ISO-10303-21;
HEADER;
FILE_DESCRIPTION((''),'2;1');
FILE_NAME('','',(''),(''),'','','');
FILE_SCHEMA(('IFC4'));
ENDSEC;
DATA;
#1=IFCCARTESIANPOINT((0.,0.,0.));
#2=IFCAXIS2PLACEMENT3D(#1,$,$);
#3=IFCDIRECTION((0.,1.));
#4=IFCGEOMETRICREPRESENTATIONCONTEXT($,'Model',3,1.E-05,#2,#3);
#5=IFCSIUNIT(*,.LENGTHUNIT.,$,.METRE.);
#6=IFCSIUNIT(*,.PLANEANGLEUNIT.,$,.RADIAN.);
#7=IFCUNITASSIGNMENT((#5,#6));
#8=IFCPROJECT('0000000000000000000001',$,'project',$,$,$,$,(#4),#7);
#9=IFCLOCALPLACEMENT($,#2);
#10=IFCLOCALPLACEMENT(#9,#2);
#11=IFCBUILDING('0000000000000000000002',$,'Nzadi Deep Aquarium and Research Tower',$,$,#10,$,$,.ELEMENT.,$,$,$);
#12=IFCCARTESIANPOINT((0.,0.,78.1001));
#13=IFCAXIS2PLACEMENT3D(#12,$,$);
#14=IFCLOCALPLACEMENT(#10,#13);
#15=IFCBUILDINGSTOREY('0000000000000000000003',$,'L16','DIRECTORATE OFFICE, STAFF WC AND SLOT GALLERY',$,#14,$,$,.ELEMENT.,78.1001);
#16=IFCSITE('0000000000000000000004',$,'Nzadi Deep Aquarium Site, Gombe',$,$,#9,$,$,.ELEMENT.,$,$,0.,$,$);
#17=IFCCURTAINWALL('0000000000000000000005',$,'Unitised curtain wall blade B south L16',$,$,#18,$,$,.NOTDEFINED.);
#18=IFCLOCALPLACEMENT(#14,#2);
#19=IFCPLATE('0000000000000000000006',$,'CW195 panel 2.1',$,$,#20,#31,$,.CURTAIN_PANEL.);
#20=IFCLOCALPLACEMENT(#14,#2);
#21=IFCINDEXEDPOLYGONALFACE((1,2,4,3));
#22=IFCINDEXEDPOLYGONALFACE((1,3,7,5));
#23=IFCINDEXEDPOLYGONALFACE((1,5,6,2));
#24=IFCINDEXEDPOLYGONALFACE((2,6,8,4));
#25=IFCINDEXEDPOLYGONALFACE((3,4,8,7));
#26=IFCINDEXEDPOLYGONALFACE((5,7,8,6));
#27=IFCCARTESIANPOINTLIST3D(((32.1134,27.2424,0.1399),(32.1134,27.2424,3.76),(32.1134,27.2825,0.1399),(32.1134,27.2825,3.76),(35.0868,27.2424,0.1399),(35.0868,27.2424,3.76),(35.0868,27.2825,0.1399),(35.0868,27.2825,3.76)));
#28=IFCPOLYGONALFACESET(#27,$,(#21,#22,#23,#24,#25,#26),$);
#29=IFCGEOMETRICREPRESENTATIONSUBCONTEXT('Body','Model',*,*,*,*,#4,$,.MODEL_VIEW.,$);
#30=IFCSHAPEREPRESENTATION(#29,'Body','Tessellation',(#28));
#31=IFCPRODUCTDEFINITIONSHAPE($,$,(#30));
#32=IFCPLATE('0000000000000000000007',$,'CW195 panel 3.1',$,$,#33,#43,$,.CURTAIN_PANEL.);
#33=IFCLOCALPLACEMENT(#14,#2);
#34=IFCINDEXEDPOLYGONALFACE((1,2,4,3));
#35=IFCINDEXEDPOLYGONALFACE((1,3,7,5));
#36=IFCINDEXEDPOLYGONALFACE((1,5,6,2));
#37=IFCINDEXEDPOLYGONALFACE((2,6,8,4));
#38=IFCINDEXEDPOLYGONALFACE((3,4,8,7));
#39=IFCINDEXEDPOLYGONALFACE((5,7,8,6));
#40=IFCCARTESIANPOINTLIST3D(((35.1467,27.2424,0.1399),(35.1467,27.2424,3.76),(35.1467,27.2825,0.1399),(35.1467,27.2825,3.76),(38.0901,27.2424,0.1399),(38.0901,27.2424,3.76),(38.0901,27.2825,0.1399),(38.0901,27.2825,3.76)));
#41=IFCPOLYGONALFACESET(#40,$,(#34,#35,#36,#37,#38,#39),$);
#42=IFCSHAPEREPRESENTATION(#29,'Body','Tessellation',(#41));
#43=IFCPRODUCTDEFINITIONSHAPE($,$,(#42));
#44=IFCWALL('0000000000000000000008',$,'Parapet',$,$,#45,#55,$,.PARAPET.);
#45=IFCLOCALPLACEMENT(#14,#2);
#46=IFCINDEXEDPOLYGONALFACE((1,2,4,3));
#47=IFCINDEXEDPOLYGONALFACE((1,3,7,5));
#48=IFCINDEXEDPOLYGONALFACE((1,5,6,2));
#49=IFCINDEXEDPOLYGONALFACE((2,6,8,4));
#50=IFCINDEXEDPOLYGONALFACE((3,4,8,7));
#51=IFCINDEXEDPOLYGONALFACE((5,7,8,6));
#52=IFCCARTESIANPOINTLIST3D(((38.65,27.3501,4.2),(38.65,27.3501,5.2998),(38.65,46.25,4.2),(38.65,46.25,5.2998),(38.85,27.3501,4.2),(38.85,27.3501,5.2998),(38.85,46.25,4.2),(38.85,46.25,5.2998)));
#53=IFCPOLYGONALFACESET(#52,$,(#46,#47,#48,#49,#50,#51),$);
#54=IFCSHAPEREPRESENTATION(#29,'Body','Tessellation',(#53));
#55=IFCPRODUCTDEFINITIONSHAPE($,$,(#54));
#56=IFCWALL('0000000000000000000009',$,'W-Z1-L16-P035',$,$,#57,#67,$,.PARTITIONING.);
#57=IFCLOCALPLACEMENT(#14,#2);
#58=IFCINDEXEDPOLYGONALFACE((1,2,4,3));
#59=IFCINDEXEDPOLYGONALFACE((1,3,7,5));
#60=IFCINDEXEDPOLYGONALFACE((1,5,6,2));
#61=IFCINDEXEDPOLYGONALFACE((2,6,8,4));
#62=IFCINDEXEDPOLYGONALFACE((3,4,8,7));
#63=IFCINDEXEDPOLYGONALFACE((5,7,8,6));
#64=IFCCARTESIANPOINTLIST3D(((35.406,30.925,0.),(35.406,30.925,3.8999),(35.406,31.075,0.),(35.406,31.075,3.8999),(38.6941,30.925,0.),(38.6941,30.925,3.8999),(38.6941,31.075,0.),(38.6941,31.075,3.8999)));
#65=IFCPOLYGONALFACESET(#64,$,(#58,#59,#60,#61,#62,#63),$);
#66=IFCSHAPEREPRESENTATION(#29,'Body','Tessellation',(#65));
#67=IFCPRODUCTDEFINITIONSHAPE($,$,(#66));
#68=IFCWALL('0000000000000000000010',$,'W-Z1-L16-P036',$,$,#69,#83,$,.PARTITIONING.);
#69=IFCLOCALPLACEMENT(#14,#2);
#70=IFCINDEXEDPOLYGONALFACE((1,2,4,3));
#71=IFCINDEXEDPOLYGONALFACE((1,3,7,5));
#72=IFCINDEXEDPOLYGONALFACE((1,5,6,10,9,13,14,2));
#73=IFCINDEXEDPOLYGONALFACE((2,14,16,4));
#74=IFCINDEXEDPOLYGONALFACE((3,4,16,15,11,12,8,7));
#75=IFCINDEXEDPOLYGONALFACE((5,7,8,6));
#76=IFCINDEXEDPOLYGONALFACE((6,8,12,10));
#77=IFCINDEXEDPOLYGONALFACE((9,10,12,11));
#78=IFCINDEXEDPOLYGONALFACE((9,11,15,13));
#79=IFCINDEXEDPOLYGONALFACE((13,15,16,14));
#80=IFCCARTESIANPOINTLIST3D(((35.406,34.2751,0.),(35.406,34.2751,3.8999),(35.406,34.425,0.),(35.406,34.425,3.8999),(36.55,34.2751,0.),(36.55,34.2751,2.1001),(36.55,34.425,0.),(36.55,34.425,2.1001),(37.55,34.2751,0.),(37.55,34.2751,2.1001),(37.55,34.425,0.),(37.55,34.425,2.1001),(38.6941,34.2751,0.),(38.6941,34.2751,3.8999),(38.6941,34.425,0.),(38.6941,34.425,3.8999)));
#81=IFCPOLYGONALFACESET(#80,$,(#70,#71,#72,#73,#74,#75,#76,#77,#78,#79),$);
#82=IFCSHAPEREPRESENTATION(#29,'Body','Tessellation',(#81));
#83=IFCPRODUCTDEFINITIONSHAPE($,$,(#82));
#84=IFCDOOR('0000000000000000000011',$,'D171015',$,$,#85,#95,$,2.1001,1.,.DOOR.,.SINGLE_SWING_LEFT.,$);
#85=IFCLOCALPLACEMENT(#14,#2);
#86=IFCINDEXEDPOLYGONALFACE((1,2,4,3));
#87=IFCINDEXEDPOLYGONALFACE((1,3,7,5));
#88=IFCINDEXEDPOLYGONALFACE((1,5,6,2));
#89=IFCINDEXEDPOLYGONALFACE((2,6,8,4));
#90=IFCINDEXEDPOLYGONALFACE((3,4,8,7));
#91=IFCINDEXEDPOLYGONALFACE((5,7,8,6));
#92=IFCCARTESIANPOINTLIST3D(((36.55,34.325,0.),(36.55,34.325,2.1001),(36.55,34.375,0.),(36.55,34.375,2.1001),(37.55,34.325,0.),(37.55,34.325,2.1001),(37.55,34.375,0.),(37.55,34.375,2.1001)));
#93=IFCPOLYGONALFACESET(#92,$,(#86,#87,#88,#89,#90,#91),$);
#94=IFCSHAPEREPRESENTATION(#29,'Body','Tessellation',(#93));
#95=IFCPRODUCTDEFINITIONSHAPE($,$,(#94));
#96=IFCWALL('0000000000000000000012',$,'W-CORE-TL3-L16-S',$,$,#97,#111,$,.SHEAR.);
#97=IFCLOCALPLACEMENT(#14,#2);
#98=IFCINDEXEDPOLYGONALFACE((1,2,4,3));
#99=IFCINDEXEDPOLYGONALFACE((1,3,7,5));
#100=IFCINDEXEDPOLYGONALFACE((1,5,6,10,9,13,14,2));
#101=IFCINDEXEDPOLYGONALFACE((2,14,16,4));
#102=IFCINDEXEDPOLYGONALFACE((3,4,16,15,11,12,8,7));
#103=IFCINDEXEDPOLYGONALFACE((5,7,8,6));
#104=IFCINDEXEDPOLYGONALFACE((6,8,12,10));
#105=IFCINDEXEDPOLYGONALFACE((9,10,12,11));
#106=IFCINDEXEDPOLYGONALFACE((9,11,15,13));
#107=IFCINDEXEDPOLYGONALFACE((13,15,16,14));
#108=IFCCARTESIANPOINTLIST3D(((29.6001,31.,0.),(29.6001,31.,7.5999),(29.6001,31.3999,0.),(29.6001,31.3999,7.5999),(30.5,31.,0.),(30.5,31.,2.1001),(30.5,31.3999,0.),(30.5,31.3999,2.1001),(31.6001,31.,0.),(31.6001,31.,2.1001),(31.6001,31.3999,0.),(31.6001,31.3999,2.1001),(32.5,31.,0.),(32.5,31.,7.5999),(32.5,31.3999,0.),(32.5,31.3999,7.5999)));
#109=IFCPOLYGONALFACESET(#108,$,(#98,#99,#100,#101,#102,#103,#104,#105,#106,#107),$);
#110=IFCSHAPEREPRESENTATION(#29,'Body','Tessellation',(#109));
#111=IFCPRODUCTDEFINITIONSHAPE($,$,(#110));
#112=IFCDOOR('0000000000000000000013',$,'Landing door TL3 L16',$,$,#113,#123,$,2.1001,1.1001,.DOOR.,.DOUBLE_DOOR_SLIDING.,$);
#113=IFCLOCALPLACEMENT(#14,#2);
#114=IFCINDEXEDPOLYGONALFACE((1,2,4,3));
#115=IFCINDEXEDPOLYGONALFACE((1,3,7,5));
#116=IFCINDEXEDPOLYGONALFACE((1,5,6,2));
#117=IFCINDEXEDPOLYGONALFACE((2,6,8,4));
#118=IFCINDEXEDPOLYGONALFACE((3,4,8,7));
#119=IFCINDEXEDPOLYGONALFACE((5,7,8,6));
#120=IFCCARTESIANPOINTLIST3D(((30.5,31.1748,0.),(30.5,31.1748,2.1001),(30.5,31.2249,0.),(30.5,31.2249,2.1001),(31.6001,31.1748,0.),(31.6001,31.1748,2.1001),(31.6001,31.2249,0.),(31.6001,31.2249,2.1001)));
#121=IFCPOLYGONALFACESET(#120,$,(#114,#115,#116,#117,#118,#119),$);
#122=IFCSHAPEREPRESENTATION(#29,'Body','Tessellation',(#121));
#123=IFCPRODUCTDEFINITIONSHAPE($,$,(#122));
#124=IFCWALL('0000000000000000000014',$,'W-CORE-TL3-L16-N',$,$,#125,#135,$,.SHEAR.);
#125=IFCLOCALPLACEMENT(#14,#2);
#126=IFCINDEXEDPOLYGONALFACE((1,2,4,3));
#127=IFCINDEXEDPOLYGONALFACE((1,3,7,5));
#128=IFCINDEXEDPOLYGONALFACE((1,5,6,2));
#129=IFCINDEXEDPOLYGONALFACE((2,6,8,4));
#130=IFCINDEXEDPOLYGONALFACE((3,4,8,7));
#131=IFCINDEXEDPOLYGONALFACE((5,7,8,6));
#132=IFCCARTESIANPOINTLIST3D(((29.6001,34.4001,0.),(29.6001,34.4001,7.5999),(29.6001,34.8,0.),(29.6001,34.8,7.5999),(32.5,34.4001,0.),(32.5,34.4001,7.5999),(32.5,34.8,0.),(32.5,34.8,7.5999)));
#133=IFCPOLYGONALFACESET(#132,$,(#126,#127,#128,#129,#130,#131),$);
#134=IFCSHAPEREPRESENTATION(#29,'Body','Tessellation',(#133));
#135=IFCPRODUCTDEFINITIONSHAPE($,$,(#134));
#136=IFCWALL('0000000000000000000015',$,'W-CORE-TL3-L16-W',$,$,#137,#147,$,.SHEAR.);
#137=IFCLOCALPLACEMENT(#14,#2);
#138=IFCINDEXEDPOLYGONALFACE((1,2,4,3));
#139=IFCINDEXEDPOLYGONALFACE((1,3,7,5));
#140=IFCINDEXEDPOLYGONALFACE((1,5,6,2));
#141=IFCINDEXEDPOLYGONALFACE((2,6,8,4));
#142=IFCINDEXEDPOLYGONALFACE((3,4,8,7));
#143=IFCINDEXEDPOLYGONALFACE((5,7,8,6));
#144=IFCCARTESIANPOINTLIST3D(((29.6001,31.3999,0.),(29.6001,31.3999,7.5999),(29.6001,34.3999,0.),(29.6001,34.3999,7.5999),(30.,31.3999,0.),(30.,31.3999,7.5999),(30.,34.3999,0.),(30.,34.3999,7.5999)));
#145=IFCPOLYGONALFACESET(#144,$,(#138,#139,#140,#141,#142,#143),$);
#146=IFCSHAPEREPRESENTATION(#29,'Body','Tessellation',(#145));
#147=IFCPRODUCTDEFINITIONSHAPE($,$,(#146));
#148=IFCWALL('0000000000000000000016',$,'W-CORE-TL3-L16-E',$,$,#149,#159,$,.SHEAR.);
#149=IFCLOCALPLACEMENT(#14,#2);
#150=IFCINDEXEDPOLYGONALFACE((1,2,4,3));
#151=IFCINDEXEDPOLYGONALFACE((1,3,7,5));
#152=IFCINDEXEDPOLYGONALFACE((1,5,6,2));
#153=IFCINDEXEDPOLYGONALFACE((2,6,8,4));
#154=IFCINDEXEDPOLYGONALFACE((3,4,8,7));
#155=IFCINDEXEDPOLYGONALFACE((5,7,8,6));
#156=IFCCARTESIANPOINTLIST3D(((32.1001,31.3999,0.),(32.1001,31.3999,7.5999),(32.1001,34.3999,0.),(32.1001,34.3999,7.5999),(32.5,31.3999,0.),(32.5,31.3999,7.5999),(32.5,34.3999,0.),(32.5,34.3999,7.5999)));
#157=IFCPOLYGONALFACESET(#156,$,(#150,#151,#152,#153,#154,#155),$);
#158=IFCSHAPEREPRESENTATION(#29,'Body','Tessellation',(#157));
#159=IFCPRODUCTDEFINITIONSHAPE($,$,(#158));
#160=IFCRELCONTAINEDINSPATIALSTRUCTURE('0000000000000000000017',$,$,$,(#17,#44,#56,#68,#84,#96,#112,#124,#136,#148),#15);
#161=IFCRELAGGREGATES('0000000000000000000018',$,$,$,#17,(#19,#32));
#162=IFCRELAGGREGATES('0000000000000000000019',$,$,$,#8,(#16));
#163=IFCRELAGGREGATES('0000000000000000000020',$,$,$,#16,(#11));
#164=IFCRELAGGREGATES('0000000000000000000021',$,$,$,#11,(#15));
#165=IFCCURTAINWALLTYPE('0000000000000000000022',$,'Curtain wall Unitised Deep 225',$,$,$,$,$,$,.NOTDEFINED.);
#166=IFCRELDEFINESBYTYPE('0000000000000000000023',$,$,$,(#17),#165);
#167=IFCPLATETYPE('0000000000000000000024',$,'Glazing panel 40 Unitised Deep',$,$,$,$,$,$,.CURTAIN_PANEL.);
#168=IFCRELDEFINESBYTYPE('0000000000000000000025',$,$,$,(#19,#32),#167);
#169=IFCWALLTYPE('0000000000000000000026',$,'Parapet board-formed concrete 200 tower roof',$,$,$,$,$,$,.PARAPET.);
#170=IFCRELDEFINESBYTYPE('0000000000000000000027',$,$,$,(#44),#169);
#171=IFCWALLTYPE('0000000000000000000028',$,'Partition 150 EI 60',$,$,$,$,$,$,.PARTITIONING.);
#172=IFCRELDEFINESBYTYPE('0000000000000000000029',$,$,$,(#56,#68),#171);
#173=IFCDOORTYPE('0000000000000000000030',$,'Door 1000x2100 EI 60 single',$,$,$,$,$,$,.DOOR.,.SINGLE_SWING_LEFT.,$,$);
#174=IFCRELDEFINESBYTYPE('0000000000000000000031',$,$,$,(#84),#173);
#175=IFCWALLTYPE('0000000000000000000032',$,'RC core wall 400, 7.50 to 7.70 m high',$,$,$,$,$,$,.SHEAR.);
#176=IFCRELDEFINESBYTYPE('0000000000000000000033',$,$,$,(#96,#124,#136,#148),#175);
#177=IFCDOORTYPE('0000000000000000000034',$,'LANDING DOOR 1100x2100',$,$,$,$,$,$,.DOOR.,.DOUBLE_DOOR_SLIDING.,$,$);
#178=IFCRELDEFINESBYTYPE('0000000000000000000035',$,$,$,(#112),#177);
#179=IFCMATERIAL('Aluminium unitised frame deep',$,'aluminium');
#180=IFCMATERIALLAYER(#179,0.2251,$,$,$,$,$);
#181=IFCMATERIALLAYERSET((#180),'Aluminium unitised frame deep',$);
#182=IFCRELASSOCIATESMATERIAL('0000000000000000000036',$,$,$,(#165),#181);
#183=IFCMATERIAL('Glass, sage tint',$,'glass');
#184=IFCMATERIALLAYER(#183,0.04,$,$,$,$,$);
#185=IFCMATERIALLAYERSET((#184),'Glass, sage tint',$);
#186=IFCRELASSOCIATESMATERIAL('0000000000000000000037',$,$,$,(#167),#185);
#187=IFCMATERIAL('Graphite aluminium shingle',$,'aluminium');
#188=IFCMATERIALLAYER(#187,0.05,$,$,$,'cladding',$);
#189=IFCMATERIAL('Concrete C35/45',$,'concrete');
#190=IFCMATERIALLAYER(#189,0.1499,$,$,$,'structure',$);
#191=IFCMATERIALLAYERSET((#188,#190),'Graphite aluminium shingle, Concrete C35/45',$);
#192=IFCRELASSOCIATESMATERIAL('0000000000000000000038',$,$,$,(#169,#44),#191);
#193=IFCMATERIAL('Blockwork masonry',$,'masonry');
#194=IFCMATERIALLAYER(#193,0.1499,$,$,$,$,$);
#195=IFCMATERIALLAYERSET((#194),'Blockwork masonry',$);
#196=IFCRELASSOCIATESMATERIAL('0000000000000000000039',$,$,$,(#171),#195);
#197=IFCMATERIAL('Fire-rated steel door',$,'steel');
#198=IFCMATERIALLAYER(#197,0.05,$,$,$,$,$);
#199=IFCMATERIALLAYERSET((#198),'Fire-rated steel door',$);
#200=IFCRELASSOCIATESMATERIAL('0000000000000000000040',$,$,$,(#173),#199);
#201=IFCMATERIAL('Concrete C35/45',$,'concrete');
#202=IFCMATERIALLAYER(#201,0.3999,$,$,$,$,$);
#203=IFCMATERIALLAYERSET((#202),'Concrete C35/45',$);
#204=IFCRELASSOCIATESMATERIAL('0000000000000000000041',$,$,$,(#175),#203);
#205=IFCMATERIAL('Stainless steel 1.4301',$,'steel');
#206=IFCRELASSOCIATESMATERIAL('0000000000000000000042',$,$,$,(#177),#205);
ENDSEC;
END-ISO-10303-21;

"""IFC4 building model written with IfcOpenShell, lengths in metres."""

from ifc_helpers import new_model, si_unit, direction, frame, frame_2d, origin, origin_2d, place, context, subcontext, project, spatial, rectangle, extrude, material, layer, layer_set, layer_usage, type_object, element, fill, aggregate, save


model = new_model("IFC4")

# Units and contexts
model_context = context("Model", 3, precision=1e-05, world=origin(), true_north=direction((0.0, 1.0)))
body_context = subcontext(model_context, "Body", "Model", "MODEL_VIEW")
ifc_project = project(units=[si_unit("LENGTHUNIT", "METRE"), si_unit("PLANEANGLEUNIT", "RADIAN")], contexts=[model_context])

# Site, building, storey
site_placement = place(None, origin())
site = spatial("IfcSite", under=ifc_project, at=site_placement, Name="Nzadi Deep Aquarium Site, Gombe", CompositionType="ELEMENT", RefElevation=0.0)
building_placement = place(site_placement, origin())
building = spatial("IfcBuilding", under=site, at=building_placement, Name="Nzadi Deep Aquarium and Research Tower", CompositionType="ELEMENT")
storey_placement = place(building_placement, frame((0.0, 0.0, 78.1001)))
storey = spatial("IfcBuildingStorey", under=building, at=storey_placement, Name="L16", Description="DIRECTORATE OFFICE, STAFF WC AND SLOT GALLERY", CompositionType="ELEMENT", Elevation=78.1001)

# Curtain wall
ifc_material_1 = material(Name="Aluminium unitised frame deep", Category="aluminium")
ifc_layer_1 = layer(ifc_material_1, 0.2251)
ifc_layer_set_1 = layer_set([ifc_layer_1], Name="Aluminium unitised frame deep")
curtain_wall_type = type_object("IfcCurtainWallType", Name="Curtain wall Unitised Deep 225", PredefinedType="NOTDEFINED", material=ifc_layer_set_1)
curtain_wall_placement = place(storey_placement, origin())
curtain_wall = element("IfcCurtainWall", 1, at=curtain_wall_placement, inside=storey, type_object=curtain_wall_type, Name="Unitised curtain wall blade B south L16", PredefinedType="NOTDEFINED")

# Plates
ifc_material_2 = material(Name="Glass, sage tint", Category="glass")
ifc_layer_2 = layer(ifc_material_2, 0.04)
ifc_layer_set_2 = layer_set([ifc_layer_2], Name="Glass, sage tint")
plate_type_1 = type_object("IfcPlateType", Name="Glazing panel 40 Unitised Deep", PredefinedType="CURTAIN_PANEL", material=ifc_layer_set_2)
plate_1_placement = place(storey_placement, frame((33.6001, 27.2625, 0.1399), z_axis=(0.0, 0.0, 1.0), x_axis=(1.0, 0.0, 0.0)))
plate_1 = element("IfcPlate", 2, at=plate_1_placement, type_object=plate_type_1, Name="CW195 panel 2.1", PredefinedType="CURTAIN_PANEL", context=body_context, shape_type="SweptSolid", body=[
    extrude(rectangle(XDim=2.9734, YDim=0.04, at=origin_2d()), origin(), (0.0, 0.0, 1.0), 3.6201),
])
plate_2_placement = place(storey_placement, frame((36.6184, 27.2625, 0.1399), z_axis=(0.0, 0.0, 1.0), x_axis=(1.0, 0.0, 0.0)))
plate_2 = element("IfcPlate", 3, at=plate_2_placement, type_object=plate_type_1, Name="CW195 panel 3.1", PredefinedType="CURTAIN_PANEL", context=body_context, shape_type="SweptSolid", body=[
    extrude(rectangle(XDim=2.9434, YDim=0.04, at=origin_2d()), origin(), (0.0, 0.0, 1.0), 3.6201),
])
aggregate(curtain_wall, [plate_1, plate_2])

# Walls
ifc_material_3 = material(Name="Graphite aluminium shingle", Category="aluminium")
ifc_layer_3 = layer(ifc_material_3, 0.05, Category="cladding")
ifc_material_4 = material(Name="Concrete C35/45", Category="concrete")
ifc_layer_4 = layer(ifc_material_4, 0.1499, Category="structure")
ifc_layer_set_3 = layer_set([ifc_layer_3, ifc_layer_4], Name="Graphite aluminium shingle, Concrete C35/45")
ifc_layer_usage = layer_usage(ifc_layer_set_3, "AXIS2", "POSITIVE", -0.1)
wall_type_1 = type_object("IfcWallType", Name="Parapet board-formed concrete 200 tower roof", PredefinedType="PARAPET", material=ifc_layer_set_3)
wall_1_placement = place(storey_placement, frame((38.75, 27.3501, 4.2), z_axis=(0.0, 0.0, 1.0), x_axis=(0.0, 1.0, 0.0)))
element("IfcWall", 4, at=wall_1_placement, inside=storey, type_object=wall_type_1, material=ifc_layer_usage, Name="Parapet", PredefinedType="PARAPET", context=body_context, shape_type="SweptSolid", body=[
    extrude(rectangle(XDim=18.8999, YDim=0.2, at=frame_2d((9.45, 0.0))), origin(), (0.0, 0.0, 1.0), 1.0999),
])
ifc_material_5 = material(Name="Blockwork masonry", Category="masonry")
ifc_layer_5 = layer(ifc_material_5, 0.1499)
ifc_layer_set_4 = layer_set([ifc_layer_5], Name="Blockwork masonry")
wall_type_2 = type_object("IfcWallType", Name="Partition 150 EI 60", PredefinedType="PARTITIONING", material=ifc_layer_set_4)
wall_2_placement = place(storey_placement, frame((35.406, 31.0, 0.0), z_axis=(0.0, 0.0, 1.0), x_axis=(1.0, 0.0, 0.0)))
element("IfcWall", 5, at=wall_2_placement, inside=storey, type_object=wall_type_2, Name="W-Z1-L16-P035", PredefinedType="PARTITIONING", context=body_context, shape_type="SweptSolid", body=[
    extrude(rectangle(XDim=3.2881, YDim=0.1499, at=frame_2d((1.644, 0.0))), origin(), (0.0, 0.0, 1.0), 3.8999),
])

# Walls, openings, doors
wall_3_placement = place(storey_placement, frame((35.406, 34.3501, 0.0), z_axis=(0.0, 0.0, 1.0), x_axis=(1.0, 0.0, 0.0)))
wall_3 = element("IfcWall", 6, at=wall_3_placement, inside=storey, type_object=wall_type_2, Name="W-Z1-L16-P036", PredefinedType="PARTITIONING", context=body_context, shape_type="SweptSolid", body=[
    extrude(rectangle(XDim=3.2881, YDim=0.1499, at=frame_2d((1.644, 0.0))), origin(), (0.0, 0.0, 1.0), 3.8999),
])
opening_1_placement = place(wall_3_placement, frame((1.144, 0.0, 0.0)))
opening_1 = element("IfcOpeningElement", 7, at=opening_1_placement, cuts=wall_3, PredefinedType="OPENING", context=body_context, shape_type="SweptSolid", body=[
    extrude(rectangle(XDim=1.0, YDim=2.1001, at=frame_2d((0.5, 1.05))), frame((0.0, 0.085, 0.0), z_axis=(0.0, -1.0, 0.0), x_axis=(1.0, 0.0, 0.0)), (0.0, 0.0, 1.0), 0.1699),
])
ifc_material_6 = material(Name="Fire-rated steel door", Category="steel")
ifc_layer_6 = layer(ifc_material_6, 0.05)
ifc_layer_set_5 = layer_set([ifc_layer_6], Name="Fire-rated steel door")
door_type_1 = type_object("IfcDoorType", Name="Door 1000x2100 EI 60 single", OperationType="SINGLE_SWING_LEFT", PredefinedType="DOOR", material=ifc_layer_set_5)
door_1_placement = place(opening_1_placement, origin())
door_1 = element("IfcDoor", 8, at=door_1_placement, inside=storey, type_object=door_type_1, Name="D171015", OperationType="SINGLE_SWING_LEFT", OverallHeight=2.1001, OverallWidth=1.0, PredefinedType="DOOR", context=body_context, shape_type="SweptSolid", body=[
    extrude(rectangle(XDim=1.0, YDim=2.1001, at=frame_2d((0.5, 1.05))), frame((0.0, 0.0249, 0.0), z_axis=(0.0, -1.0, 0.0), x_axis=(1.0, 0.0, 0.0)), (0.0, 0.0, 1.0), 0.05),
])
fill(opening_1, door_1)
ifc_material_7 = material(Name="Concrete C35/45", Category="concrete")
ifc_layer_7 = layer(ifc_material_7, 0.3999)
ifc_layer_set_6 = layer_set([ifc_layer_7], Name="Concrete C35/45")
wall_type_3 = type_object("IfcWallType", Name="RC core wall 400, 7.50 to 7.70 m high", PredefinedType="SHEAR", material=ifc_layer_set_6)
wall_4_placement = place(storey_placement, frame((29.6001, 31.2, 0.0), z_axis=(0.0, 0.0, 1.0), x_axis=(1.0, 0.0, 0.0)))
wall_4 = element("IfcWall", 9, at=wall_4_placement, inside=storey, type_object=wall_type_3, Name="W-CORE-TL3-L16-S", PredefinedType="SHEAR", context=body_context, shape_type="SweptSolid", body=[
    extrude(rectangle(XDim=2.8999, YDim=0.3999, at=frame_2d((1.45, 0.0))), origin(), (0.0, 0.0, 1.0), 7.5999),
])
opening_2_placement = place(wall_4_placement, frame((0.8999, 0.0, 0.0)))
opening_2 = element("IfcOpeningElement", 10, at=opening_2_placement, cuts=wall_4, PredefinedType="OPENING", context=body_context, shape_type="SweptSolid", body=[
    extrude(rectangle(XDim=1.1001, YDim=2.1001, at=frame_2d((0.55, 1.05))), frame((0.0, 0.21, 0.0), z_axis=(0.0, -1.0, 0.0), x_axis=(1.0, 0.0, 0.0)), (0.0, 0.0, 1.0), 0.4199),
])
ifc_material_8 = material(Name="Stainless steel 1.4301", Category="steel")
door_type_2 = type_object("IfcDoorType", Name="LANDING DOOR 1100x2100", OperationType="DOUBLE_DOOR_SLIDING", PredefinedType="DOOR", material=ifc_material_8)
door_2_placement = place(opening_2_placement, origin())
door_2 = element("IfcDoor", 11, at=door_2_placement, inside=storey, type_object=door_type_2, Name="Landing door TL3 L16", OperationType="DOUBLE_DOOR_SLIDING", OverallHeight=2.1001, OverallWidth=1.1001, PredefinedType="DOOR", context=body_context, shape_type="SweptSolid", body=[
    extrude(rectangle(XDim=1.1001, YDim=2.1001, at=frame_2d((0.55, 1.05))), frame((0.0, 0.0249, 0.0), z_axis=(0.0, -1.0, 0.0), x_axis=(1.0, 0.0, 0.0)), (0.0, 0.0, 1.0), 0.05),
])
fill(opening_2, door_2)

# Walls
wall_5_placement = place(storey_placement, frame((29.6001, 34.6001, 0.0), z_axis=(0.0, 0.0, 1.0), x_axis=(1.0, 0.0, 0.0)))
element("IfcWall", 12, at=wall_5_placement, inside=storey, type_object=wall_type_3, Name="W-CORE-TL3-L16-N", PredefinedType="SHEAR", context=body_context, shape_type="SweptSolid", body=[
    extrude(rectangle(XDim=2.8999, YDim=0.3999, at=frame_2d((1.45, 0.0))), origin(), (0.0, 0.0, 1.0), 7.5999),
])
for number, where, z_axis, x_axis, name in (
    (13, (29.8, 31.3999, 0.0), (0.0, 0.0, 1.0), (0.0, 1.0, 0.0), "W-CORE-TL3-L16-W"),
    (14, (32.3, 31.3999, 0.0), (0.0, 0.0, 1.0), (0.0, 1.0, 0.0), "W-CORE-TL3-L16-E"),
):
    element("IfcWall", number, at=place(storey_placement, frame(where, z_axis=z_axis, x_axis=x_axis)), inside=storey, type_object=wall_type_3, Name=name, PredefinedType="SHEAR", context=body_context, shape_type="SweptSolid", body=[
        extrude(rectangle(XDim=3.0, YDim=0.3999, at=frame_2d((1.5, 0.0))), origin(), (0.0, 0.0, 1.0), 7.5999),
    ])

save(model, "model.ifc")
